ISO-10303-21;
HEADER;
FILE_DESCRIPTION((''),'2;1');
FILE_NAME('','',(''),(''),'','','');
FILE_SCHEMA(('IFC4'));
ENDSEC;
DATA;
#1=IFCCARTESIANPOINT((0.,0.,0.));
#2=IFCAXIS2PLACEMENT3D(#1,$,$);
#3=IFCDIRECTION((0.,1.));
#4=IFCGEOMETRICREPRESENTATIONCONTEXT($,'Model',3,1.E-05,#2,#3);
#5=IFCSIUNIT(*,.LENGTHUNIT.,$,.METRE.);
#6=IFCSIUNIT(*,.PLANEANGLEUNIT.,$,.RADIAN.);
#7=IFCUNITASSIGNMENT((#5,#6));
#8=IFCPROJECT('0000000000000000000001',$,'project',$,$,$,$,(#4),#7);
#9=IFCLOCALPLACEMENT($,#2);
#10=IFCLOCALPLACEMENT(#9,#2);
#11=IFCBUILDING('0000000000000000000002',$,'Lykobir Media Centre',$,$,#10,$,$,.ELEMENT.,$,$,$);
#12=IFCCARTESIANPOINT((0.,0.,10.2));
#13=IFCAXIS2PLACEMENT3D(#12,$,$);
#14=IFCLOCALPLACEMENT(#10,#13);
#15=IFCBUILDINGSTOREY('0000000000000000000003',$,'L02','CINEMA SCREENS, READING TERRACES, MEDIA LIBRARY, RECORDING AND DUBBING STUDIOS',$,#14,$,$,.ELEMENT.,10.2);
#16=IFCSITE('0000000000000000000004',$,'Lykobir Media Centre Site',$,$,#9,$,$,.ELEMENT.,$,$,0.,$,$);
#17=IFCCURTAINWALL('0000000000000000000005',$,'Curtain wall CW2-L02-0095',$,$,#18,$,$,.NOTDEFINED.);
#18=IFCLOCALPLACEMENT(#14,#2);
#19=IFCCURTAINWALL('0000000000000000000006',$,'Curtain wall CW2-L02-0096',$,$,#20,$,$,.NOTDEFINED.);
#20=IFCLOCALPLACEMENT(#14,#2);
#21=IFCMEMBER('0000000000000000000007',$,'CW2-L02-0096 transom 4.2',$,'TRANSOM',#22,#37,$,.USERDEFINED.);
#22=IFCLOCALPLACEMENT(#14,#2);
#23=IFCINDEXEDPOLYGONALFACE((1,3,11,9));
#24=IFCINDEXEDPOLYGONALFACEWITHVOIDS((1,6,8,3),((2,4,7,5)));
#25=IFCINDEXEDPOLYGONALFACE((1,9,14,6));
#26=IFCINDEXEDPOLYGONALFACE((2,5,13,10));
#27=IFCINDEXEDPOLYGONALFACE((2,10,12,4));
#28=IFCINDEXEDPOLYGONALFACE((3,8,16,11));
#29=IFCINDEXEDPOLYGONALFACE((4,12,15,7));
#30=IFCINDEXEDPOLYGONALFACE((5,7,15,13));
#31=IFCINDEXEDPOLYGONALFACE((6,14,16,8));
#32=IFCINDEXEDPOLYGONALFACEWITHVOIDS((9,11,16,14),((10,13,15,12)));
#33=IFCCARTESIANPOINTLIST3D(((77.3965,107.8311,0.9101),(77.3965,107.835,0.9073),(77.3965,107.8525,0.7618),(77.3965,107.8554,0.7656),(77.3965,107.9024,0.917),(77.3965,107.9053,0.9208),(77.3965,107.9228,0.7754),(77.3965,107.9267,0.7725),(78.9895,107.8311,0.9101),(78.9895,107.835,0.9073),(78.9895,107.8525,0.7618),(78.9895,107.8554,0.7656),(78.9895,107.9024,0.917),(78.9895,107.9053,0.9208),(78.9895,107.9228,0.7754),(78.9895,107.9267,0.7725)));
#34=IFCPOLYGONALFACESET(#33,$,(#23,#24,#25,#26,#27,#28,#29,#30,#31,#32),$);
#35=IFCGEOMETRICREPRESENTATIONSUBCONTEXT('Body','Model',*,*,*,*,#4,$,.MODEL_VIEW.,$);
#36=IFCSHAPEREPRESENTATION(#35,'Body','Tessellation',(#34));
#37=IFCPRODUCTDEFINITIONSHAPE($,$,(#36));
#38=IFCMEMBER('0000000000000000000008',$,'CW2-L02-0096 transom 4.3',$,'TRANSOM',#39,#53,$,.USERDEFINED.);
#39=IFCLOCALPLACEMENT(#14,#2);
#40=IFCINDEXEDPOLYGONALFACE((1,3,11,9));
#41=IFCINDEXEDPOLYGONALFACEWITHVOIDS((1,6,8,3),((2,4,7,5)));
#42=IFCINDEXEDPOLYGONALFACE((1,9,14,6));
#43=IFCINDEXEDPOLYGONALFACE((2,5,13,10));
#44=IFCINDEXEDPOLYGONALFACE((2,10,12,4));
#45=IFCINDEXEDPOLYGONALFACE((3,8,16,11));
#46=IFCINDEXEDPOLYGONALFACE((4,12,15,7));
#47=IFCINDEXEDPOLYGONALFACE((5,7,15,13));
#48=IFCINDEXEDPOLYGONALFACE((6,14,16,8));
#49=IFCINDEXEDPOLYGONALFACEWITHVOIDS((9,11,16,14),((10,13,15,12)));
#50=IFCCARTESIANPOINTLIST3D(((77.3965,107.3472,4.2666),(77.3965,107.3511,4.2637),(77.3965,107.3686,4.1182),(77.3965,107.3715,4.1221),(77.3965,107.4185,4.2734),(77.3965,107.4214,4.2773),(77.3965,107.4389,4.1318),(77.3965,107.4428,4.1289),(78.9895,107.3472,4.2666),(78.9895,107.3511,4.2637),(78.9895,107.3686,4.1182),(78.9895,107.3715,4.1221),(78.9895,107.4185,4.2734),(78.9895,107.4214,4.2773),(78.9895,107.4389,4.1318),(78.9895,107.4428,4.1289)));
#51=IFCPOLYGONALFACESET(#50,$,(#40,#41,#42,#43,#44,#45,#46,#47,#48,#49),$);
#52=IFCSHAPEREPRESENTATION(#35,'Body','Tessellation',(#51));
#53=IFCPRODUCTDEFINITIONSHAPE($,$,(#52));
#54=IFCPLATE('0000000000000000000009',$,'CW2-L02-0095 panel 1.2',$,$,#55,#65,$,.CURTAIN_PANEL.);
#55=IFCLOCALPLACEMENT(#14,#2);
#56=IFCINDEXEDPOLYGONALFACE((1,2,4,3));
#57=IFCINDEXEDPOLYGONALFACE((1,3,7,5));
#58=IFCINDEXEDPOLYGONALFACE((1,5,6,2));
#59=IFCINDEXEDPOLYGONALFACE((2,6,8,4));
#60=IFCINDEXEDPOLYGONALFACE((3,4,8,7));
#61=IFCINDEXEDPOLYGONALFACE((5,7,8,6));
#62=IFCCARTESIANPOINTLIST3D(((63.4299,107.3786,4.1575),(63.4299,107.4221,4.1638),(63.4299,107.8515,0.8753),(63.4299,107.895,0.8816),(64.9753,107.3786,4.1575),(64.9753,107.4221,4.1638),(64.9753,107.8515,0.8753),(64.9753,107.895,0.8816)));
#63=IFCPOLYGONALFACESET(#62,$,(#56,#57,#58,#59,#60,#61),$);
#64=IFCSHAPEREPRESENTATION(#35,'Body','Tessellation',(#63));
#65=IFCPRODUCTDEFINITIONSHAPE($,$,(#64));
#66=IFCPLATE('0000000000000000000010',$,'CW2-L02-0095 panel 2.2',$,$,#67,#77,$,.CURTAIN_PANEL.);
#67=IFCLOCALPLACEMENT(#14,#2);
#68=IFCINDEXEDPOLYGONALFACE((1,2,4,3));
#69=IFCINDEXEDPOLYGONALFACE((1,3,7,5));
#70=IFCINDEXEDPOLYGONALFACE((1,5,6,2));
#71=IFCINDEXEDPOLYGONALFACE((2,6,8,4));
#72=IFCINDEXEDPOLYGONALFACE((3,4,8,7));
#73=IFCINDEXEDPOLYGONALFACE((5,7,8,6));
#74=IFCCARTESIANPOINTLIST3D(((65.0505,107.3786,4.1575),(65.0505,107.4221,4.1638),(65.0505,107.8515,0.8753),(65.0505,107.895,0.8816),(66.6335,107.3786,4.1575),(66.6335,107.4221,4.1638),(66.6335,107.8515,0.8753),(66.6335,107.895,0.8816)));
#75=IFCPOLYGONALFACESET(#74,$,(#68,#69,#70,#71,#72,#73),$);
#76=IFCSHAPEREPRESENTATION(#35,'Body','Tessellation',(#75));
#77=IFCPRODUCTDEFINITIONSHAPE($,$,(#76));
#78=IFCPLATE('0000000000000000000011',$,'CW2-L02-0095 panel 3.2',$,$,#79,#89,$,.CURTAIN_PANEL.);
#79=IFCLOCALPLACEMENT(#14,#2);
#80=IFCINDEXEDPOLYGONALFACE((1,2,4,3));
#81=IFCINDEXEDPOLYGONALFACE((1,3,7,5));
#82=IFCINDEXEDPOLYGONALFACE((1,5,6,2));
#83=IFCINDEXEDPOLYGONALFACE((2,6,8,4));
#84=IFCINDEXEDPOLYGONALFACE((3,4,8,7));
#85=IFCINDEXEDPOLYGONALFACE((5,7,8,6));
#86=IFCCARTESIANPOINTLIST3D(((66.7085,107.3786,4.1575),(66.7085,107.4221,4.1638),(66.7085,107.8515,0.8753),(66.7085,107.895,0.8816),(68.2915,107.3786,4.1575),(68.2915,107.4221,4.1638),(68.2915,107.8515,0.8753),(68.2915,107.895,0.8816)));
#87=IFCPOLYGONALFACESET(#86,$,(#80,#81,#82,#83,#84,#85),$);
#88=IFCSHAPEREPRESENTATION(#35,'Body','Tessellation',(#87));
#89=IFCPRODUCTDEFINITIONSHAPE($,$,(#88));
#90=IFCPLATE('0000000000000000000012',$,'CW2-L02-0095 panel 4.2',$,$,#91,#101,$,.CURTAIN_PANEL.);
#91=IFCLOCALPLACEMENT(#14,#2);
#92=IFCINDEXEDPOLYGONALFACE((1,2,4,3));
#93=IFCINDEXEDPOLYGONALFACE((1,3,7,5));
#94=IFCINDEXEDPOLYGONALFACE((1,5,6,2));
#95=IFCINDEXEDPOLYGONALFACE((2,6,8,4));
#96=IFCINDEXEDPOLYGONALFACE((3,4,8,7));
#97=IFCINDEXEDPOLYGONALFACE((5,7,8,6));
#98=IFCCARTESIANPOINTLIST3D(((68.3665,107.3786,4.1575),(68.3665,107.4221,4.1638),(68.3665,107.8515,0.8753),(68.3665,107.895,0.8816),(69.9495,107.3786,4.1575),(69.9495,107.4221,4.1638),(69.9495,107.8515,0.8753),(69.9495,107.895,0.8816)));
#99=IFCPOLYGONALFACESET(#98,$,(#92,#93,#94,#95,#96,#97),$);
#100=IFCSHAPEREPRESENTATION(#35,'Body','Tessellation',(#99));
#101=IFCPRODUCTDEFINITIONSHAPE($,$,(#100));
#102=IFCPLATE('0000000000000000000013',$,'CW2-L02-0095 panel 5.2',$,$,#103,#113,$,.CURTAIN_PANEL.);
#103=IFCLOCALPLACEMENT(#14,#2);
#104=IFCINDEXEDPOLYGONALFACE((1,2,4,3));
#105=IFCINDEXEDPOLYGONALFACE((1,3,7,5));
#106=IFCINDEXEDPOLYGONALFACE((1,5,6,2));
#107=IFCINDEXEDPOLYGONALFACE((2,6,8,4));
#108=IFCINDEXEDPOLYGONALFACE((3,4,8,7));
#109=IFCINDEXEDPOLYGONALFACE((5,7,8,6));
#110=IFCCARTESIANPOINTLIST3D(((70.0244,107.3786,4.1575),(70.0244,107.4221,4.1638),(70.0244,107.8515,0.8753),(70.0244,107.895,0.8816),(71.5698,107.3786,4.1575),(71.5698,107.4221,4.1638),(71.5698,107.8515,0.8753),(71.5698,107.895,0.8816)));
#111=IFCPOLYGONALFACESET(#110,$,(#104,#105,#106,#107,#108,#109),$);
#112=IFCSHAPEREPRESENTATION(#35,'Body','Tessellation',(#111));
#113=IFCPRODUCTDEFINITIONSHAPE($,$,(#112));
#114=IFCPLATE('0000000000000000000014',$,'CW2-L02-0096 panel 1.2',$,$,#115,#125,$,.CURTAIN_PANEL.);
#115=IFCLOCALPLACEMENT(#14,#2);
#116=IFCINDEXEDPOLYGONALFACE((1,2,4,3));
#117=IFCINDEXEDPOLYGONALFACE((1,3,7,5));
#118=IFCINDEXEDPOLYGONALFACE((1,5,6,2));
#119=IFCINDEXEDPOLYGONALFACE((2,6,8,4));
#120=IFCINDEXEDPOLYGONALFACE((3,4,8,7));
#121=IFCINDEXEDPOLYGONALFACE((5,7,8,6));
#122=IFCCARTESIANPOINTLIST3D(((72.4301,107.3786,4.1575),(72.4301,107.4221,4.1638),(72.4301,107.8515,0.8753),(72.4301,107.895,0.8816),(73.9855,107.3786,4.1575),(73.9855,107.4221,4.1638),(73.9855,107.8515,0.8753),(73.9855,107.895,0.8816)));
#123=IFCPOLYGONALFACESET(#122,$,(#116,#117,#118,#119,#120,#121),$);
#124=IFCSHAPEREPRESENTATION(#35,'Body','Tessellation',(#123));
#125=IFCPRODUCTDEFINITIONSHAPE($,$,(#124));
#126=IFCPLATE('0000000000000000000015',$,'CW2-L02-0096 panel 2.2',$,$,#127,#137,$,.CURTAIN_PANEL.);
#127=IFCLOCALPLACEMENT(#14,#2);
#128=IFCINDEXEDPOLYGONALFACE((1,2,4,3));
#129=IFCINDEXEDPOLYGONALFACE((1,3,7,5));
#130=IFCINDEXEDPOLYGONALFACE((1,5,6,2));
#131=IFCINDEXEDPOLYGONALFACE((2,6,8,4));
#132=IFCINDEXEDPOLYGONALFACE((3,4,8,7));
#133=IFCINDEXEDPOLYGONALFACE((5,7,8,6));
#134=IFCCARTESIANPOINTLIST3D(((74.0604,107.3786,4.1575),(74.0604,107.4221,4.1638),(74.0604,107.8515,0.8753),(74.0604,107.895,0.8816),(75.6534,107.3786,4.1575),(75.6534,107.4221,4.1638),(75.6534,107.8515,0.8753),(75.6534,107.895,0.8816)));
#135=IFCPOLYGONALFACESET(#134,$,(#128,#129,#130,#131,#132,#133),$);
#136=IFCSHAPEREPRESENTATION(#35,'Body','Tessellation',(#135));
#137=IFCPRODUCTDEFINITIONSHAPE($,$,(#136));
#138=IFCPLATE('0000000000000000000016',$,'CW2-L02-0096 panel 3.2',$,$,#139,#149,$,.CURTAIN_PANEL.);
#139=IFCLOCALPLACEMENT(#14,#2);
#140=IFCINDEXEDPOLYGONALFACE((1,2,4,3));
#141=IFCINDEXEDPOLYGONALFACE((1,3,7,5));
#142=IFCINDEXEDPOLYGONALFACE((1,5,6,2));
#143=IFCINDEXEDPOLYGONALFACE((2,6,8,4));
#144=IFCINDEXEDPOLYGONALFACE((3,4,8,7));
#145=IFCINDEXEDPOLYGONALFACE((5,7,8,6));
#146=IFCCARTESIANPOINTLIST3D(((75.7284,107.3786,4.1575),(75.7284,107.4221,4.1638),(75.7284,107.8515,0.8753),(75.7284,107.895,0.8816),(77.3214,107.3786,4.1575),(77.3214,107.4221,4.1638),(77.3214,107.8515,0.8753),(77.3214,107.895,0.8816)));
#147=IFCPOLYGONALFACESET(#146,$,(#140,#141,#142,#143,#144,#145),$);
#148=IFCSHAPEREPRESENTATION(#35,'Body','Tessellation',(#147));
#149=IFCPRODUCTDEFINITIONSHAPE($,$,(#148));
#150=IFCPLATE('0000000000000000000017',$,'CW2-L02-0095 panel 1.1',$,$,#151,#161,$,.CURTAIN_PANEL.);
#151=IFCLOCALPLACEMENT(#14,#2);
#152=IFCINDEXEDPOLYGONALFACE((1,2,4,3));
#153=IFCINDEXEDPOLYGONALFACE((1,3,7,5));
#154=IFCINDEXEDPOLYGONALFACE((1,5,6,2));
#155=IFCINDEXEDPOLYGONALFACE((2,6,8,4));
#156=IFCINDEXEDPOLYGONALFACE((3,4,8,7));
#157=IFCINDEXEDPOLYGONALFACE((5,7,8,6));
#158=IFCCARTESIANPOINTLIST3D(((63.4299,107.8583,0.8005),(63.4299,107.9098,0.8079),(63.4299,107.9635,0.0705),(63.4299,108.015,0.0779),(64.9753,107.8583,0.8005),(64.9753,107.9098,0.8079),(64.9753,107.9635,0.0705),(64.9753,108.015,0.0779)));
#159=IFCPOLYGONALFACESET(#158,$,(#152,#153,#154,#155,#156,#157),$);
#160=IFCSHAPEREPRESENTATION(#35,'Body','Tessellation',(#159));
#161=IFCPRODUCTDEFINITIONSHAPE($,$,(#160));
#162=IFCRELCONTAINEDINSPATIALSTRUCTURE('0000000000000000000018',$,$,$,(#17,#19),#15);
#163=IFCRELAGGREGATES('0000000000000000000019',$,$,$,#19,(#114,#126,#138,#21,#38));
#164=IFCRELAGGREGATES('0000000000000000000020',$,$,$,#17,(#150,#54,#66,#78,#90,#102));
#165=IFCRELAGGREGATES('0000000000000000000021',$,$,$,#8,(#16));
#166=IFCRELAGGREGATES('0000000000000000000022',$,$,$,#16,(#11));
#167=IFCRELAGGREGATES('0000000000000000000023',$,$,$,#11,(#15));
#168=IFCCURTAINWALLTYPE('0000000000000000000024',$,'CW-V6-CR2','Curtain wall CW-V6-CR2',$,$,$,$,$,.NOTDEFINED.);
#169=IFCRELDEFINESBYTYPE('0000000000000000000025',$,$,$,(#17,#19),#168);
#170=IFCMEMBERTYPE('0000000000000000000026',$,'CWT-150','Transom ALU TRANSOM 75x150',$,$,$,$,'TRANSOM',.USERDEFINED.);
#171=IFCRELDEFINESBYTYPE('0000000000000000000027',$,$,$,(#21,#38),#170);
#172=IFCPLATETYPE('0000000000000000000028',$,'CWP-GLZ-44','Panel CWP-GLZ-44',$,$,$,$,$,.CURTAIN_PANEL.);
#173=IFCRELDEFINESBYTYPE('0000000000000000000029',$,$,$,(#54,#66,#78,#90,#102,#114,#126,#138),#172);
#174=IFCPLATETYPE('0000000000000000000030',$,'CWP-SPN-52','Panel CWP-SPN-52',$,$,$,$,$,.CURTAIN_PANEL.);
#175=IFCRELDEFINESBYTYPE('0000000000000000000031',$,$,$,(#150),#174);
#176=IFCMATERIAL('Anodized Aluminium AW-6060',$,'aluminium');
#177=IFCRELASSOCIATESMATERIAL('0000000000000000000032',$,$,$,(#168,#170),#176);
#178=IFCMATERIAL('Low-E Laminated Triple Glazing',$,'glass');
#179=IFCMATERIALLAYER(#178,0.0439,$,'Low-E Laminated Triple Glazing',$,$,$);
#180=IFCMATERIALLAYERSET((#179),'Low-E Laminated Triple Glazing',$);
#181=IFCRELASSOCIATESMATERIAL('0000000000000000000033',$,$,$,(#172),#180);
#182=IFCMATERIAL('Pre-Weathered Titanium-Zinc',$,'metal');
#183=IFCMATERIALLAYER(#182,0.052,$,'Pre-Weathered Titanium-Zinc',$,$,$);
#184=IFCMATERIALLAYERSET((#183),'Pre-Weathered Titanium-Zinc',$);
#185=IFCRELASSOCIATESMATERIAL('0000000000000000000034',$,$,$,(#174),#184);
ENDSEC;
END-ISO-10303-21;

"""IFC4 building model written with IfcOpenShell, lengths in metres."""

from ifc_helpers import new_model, si_unit, direction, frame, origin, origin_2d, place, context, subcontext, project, spatial, rectangle, hollow_rectangle, extrude, material, layer, layer_set, material_profile, profile_set, type_object, element, aggregate, save


model = new_model("IFC4")

# Units and contexts
model_context = context("Model", 3, precision=1e-05, world=origin(), true_north=direction((0.0, 1.0)))
body_context = subcontext(model_context, "Body", "Model", "MODEL_VIEW")
ifc_project = project(units=[si_unit("LENGTHUNIT", "METRE"), si_unit("PLANEANGLEUNIT", "RADIAN")], contexts=[model_context])

# Site, building, storey
site_placement = place(None, origin())
site = spatial("IfcSite", under=ifc_project, at=site_placement, Name="Lykobir Media Centre Site", CompositionType="ELEMENT", RefElevation=0.0)
building_placement = place(site_placement, origin())
building = spatial("IfcBuilding", under=site, at=building_placement, Name="Lykobir Media Centre", CompositionType="ELEMENT")
storey_placement = place(building_placement, frame((0.0, 0.0, 10.2)))
storey = spatial("IfcBuildingStorey", under=building, at=storey_placement, Name="L02", Description="CINEMA SCREENS, READING TERRACES, MEDIA LIBRARY, RECORDING AND DUBBING STUDIOS", CompositionType="ELEMENT", Elevation=10.2)

# Curtain walls, members
ifc_material_1 = material(Name="Anodized Aluminium AW-6060", Category="aluminium")
curtain_wall_type = type_object("IfcCurtainWallType", Name="CW-V6-CR2", Description="Curtain wall CW-V6-CR2", PredefinedType="NOTDEFINED", material=ifc_material_1)
curtain_wall_1_placement = place(storey_placement, origin())
curtain_wall_1 = element("IfcCurtainWall", 1, at=curtain_wall_1_placement, inside=storey, type_object=curtain_wall_type, Name="Curtain wall CW2-L02-0095", PredefinedType="NOTDEFINED")
ifc_material_profile = material_profile(ifc_material_1, hollow_rectangle(XDim=0.075, YDim=0.1499, WallThickness=0.0034, at=origin_2d()), Name="ALU TRANSOM 75x150")
ifc_profile_set = profile_set([ifc_material_profile], Name="Anodized Aluminium AW-6060")
member_type = type_object("IfcMemberType", Name="CWT-150", Description="Transom ALU TRANSOM 75x150", ElementType="TRANSOM", PredefinedType="USERDEFINED", material=ifc_profile_set)
curtain_wall_2_placement = place(storey_placement, origin())
curtain_wall_2 = element("IfcCurtainWall", 2, at=curtain_wall_2_placement, inside=storey, type_object=curtain_wall_type, Name="Curtain wall CW2-L02-0096", PredefinedType="NOTDEFINED")
member_1_placement = place(storey_placement, frame((77.3965, 107.8789, 0.8413), z_axis=(1.0, 0.0, 0.0), x_axis=(0.0, 0.989776, 0.142629)))
member_1 = element("IfcMember", 3, at=member_1_placement, type_object=member_type, Name="CW2-L02-0096 transom 4.2", ObjectType="TRANSOM", PredefinedType="USERDEFINED", context=body_context, shape_type="SweptSolid", body=[
    extrude(hollow_rectangle(XDim=0.075, YDim=0.1499, WallThickness=0.0034, at=origin_2d()), origin(), (0.0, 0.0, 1.0), 1.593),
])
member_2_placement = place(storey_placement, frame((77.3965, 107.395, 4.1978), z_axis=(1.0, 0.0, 0.0), x_axis=(0.0, 0.989776, 0.142629)))
member_2 = element("IfcMember", 4, at=member_2_placement, type_object=member_type, Name="CW2-L02-0096 transom 4.3", ObjectType="TRANSOM", PredefinedType="USERDEFINED", context=body_context, shape_type="SweptSolid", body=[
    extrude(hollow_rectangle(XDim=0.075, YDim=0.1499, WallThickness=0.0034, at=origin_2d()), origin(), (0.0, 0.0, 1.0), 1.593),
])

# Plates
ifc_material_2 = material(Name="Low-E Laminated Triple Glazing", Category="glass")
ifc_layer_1 = layer(ifc_material_2, 0.0439, Name="Low-E Laminated Triple Glazing")
ifc_layer_set_1 = layer_set([ifc_layer_1], Name="Low-E Laminated Triple Glazing")
plate_type_1 = type_object("IfcPlateType", Name="CWP-GLZ-44", Description="Panel CWP-GLZ-44", PredefinedType="CURTAIN_PANEL", material=ifc_layer_set_1)
plate_1_placement = place(storey_placement, frame((64.2026, 107.8733, 0.8784), z_axis=(0.0, -0.142629, 0.989776), x_axis=(1.0, 0.0, 0.0)))
plate_1 = element("IfcPlate", 5, at=plate_1_placement, type_object=plate_type_1, Name="CW2-L02-0095 panel 1.2", PredefinedType="CURTAIN_PANEL", context=body_context, shape_type="SweptSolid", body=[
    extrude(rectangle(XDim=1.5454, YDim=0.0439, at=origin_2d()), origin(), (0.0, 0.0, 1.0), 3.3162),
])
plate_2_placement = place(storey_placement, frame((65.842, 107.8733, 0.8784), z_axis=(0.0, -0.142629, 0.989776), x_axis=(1.0, 0.0, 0.0)))
plate_2 = element("IfcPlate", 6, at=plate_2_placement, type_object=plate_type_1, Name="CW2-L02-0095 panel 2.2", PredefinedType="CURTAIN_PANEL", context=body_context, shape_type="SweptSolid", body=[
    extrude(rectangle(XDim=1.583, YDim=0.0439, at=origin_2d()), origin(), (0.0, 0.0, 1.0), 3.3162),
])
plate_3_placement = place(storey_placement, frame((67.5, 107.8733, 0.8784), z_axis=(0.0, -0.142629, 0.989776), x_axis=(1.0, 0.0, 0.0)))
plate_3 = element("IfcPlate", 7, at=plate_3_placement, type_object=plate_type_1, Name="CW2-L02-0095 panel 3.2", PredefinedType="CURTAIN_PANEL", context=body_context, shape_type="SweptSolid", body=[
    extrude(rectangle(XDim=1.583, YDim=0.0439, at=origin_2d()), origin(), (0.0, 0.0, 1.0), 3.3162),
])
plate_4_placement = place(storey_placement, frame((69.158, 107.8733, 0.8784), z_axis=(0.0, -0.142629, 0.989776), x_axis=(1.0, 0.0, 0.0)))
plate_4 = element("IfcPlate", 8, at=plate_4_placement, type_object=plate_type_1, Name="CW2-L02-0095 panel 4.2", PredefinedType="CURTAIN_PANEL", context=body_context, shape_type="SweptSolid", body=[
    extrude(rectangle(XDim=1.583, YDim=0.0439, at=origin_2d()), origin(), (0.0, 0.0, 1.0), 3.3162),
])
plate_5_placement = place(storey_placement, frame((70.7971, 107.8733, 0.8784), z_axis=(0.0, -0.142629, 0.989776), x_axis=(1.0, 0.0, 0.0)))
plate_5 = element("IfcPlate", 9, at=plate_5_placement, type_object=plate_type_1, Name="CW2-L02-0095 panel 5.2", PredefinedType="CURTAIN_PANEL", context=body_context, shape_type="SweptSolid", body=[
    extrude(rectangle(XDim=1.5454, YDim=0.0439, at=origin_2d()), origin(), (0.0, 0.0, 1.0), 3.3162),
])
plate_6_placement = place(storey_placement, frame((73.2078, 107.8733, 0.8784), z_axis=(0.0, -0.142629, 0.989776), x_axis=(1.0, 0.0, 0.0)))
plate_6 = element("IfcPlate", 10, at=plate_6_placement, type_object=plate_type_1, Name="CW2-L02-0096 panel 1.2", PredefinedType="CURTAIN_PANEL", context=body_context, shape_type="SweptSolid", body=[
    extrude(rectangle(XDim=1.5554, YDim=0.0439, at=origin_2d()), origin(), (0.0, 0.0, 1.0), 3.3162),
])
plate_7_placement = place(storey_placement, frame((74.8569, 107.8733, 0.8784), z_axis=(0.0, -0.142629, 0.989776), x_axis=(1.0, 0.0, 0.0)))
plate_7 = element("IfcPlate", 11, at=plate_7_placement, type_object=plate_type_1, Name="CW2-L02-0096 panel 2.2", PredefinedType="CURTAIN_PANEL", context=body_context, shape_type="SweptSolid", body=[
    extrude(rectangle(XDim=1.593, YDim=0.0439, at=origin_2d()), origin(), (0.0, 0.0, 1.0), 3.3162),
])
plate_8_placement = place(storey_placement, frame((76.5249, 107.8733, 0.8784), z_axis=(0.0, -0.142629, 0.989776), x_axis=(1.0, 0.0, 0.0)))
plate_8 = element("IfcPlate", 12, at=plate_8_placement, type_object=plate_type_1, Name="CW2-L02-0096 panel 3.2", PredefinedType="CURTAIN_PANEL", context=body_context, shape_type="SweptSolid", body=[
    extrude(rectangle(XDim=1.593, YDim=0.0439, at=origin_2d()), origin(), (0.0, 0.0, 1.0), 3.3162),
])
aggregate(curtain_wall_2, [plate_6, plate_7, plate_8, member_1, member_2])
ifc_material_3 = material(Name="Pre-Weathered Titanium-Zinc", Category="metal")
ifc_layer_2 = layer(ifc_material_3, 0.052, Name="Pre-Weathered Titanium-Zinc")
ifc_layer_set_2 = layer_set([ifc_layer_2], Name="Pre-Weathered Titanium-Zinc")
plate_type_2 = type_object("IfcPlateType", Name="CWP-SPN-52", Description="Panel CWP-SPN-52", PredefinedType="CURTAIN_PANEL", material=ifc_layer_set_2)
plate_9_placement = place(storey_placement, frame((64.2026, 107.9893, 0.0742), z_axis=(0.0, -0.142629, 0.989776), x_axis=(1.0, 0.0, 0.0)))
plate_9 = element("IfcPlate", 13, at=plate_9_placement, type_object=plate_type_2, Name="CW2-L02-0095 panel 1.1", PredefinedType="CURTAIN_PANEL", context=body_context, shape_type="SweptSolid", body=[
    extrude(rectangle(XDim=1.5454, YDim=0.052, at=origin_2d()), origin(), (0.0, 0.0, 1.0), 0.7375),
])
aggregate(curtain_wall_1, [plate_9, plate_1, plate_2, plate_3, plate_4, plate_5])

save(model, "model.ifc")
